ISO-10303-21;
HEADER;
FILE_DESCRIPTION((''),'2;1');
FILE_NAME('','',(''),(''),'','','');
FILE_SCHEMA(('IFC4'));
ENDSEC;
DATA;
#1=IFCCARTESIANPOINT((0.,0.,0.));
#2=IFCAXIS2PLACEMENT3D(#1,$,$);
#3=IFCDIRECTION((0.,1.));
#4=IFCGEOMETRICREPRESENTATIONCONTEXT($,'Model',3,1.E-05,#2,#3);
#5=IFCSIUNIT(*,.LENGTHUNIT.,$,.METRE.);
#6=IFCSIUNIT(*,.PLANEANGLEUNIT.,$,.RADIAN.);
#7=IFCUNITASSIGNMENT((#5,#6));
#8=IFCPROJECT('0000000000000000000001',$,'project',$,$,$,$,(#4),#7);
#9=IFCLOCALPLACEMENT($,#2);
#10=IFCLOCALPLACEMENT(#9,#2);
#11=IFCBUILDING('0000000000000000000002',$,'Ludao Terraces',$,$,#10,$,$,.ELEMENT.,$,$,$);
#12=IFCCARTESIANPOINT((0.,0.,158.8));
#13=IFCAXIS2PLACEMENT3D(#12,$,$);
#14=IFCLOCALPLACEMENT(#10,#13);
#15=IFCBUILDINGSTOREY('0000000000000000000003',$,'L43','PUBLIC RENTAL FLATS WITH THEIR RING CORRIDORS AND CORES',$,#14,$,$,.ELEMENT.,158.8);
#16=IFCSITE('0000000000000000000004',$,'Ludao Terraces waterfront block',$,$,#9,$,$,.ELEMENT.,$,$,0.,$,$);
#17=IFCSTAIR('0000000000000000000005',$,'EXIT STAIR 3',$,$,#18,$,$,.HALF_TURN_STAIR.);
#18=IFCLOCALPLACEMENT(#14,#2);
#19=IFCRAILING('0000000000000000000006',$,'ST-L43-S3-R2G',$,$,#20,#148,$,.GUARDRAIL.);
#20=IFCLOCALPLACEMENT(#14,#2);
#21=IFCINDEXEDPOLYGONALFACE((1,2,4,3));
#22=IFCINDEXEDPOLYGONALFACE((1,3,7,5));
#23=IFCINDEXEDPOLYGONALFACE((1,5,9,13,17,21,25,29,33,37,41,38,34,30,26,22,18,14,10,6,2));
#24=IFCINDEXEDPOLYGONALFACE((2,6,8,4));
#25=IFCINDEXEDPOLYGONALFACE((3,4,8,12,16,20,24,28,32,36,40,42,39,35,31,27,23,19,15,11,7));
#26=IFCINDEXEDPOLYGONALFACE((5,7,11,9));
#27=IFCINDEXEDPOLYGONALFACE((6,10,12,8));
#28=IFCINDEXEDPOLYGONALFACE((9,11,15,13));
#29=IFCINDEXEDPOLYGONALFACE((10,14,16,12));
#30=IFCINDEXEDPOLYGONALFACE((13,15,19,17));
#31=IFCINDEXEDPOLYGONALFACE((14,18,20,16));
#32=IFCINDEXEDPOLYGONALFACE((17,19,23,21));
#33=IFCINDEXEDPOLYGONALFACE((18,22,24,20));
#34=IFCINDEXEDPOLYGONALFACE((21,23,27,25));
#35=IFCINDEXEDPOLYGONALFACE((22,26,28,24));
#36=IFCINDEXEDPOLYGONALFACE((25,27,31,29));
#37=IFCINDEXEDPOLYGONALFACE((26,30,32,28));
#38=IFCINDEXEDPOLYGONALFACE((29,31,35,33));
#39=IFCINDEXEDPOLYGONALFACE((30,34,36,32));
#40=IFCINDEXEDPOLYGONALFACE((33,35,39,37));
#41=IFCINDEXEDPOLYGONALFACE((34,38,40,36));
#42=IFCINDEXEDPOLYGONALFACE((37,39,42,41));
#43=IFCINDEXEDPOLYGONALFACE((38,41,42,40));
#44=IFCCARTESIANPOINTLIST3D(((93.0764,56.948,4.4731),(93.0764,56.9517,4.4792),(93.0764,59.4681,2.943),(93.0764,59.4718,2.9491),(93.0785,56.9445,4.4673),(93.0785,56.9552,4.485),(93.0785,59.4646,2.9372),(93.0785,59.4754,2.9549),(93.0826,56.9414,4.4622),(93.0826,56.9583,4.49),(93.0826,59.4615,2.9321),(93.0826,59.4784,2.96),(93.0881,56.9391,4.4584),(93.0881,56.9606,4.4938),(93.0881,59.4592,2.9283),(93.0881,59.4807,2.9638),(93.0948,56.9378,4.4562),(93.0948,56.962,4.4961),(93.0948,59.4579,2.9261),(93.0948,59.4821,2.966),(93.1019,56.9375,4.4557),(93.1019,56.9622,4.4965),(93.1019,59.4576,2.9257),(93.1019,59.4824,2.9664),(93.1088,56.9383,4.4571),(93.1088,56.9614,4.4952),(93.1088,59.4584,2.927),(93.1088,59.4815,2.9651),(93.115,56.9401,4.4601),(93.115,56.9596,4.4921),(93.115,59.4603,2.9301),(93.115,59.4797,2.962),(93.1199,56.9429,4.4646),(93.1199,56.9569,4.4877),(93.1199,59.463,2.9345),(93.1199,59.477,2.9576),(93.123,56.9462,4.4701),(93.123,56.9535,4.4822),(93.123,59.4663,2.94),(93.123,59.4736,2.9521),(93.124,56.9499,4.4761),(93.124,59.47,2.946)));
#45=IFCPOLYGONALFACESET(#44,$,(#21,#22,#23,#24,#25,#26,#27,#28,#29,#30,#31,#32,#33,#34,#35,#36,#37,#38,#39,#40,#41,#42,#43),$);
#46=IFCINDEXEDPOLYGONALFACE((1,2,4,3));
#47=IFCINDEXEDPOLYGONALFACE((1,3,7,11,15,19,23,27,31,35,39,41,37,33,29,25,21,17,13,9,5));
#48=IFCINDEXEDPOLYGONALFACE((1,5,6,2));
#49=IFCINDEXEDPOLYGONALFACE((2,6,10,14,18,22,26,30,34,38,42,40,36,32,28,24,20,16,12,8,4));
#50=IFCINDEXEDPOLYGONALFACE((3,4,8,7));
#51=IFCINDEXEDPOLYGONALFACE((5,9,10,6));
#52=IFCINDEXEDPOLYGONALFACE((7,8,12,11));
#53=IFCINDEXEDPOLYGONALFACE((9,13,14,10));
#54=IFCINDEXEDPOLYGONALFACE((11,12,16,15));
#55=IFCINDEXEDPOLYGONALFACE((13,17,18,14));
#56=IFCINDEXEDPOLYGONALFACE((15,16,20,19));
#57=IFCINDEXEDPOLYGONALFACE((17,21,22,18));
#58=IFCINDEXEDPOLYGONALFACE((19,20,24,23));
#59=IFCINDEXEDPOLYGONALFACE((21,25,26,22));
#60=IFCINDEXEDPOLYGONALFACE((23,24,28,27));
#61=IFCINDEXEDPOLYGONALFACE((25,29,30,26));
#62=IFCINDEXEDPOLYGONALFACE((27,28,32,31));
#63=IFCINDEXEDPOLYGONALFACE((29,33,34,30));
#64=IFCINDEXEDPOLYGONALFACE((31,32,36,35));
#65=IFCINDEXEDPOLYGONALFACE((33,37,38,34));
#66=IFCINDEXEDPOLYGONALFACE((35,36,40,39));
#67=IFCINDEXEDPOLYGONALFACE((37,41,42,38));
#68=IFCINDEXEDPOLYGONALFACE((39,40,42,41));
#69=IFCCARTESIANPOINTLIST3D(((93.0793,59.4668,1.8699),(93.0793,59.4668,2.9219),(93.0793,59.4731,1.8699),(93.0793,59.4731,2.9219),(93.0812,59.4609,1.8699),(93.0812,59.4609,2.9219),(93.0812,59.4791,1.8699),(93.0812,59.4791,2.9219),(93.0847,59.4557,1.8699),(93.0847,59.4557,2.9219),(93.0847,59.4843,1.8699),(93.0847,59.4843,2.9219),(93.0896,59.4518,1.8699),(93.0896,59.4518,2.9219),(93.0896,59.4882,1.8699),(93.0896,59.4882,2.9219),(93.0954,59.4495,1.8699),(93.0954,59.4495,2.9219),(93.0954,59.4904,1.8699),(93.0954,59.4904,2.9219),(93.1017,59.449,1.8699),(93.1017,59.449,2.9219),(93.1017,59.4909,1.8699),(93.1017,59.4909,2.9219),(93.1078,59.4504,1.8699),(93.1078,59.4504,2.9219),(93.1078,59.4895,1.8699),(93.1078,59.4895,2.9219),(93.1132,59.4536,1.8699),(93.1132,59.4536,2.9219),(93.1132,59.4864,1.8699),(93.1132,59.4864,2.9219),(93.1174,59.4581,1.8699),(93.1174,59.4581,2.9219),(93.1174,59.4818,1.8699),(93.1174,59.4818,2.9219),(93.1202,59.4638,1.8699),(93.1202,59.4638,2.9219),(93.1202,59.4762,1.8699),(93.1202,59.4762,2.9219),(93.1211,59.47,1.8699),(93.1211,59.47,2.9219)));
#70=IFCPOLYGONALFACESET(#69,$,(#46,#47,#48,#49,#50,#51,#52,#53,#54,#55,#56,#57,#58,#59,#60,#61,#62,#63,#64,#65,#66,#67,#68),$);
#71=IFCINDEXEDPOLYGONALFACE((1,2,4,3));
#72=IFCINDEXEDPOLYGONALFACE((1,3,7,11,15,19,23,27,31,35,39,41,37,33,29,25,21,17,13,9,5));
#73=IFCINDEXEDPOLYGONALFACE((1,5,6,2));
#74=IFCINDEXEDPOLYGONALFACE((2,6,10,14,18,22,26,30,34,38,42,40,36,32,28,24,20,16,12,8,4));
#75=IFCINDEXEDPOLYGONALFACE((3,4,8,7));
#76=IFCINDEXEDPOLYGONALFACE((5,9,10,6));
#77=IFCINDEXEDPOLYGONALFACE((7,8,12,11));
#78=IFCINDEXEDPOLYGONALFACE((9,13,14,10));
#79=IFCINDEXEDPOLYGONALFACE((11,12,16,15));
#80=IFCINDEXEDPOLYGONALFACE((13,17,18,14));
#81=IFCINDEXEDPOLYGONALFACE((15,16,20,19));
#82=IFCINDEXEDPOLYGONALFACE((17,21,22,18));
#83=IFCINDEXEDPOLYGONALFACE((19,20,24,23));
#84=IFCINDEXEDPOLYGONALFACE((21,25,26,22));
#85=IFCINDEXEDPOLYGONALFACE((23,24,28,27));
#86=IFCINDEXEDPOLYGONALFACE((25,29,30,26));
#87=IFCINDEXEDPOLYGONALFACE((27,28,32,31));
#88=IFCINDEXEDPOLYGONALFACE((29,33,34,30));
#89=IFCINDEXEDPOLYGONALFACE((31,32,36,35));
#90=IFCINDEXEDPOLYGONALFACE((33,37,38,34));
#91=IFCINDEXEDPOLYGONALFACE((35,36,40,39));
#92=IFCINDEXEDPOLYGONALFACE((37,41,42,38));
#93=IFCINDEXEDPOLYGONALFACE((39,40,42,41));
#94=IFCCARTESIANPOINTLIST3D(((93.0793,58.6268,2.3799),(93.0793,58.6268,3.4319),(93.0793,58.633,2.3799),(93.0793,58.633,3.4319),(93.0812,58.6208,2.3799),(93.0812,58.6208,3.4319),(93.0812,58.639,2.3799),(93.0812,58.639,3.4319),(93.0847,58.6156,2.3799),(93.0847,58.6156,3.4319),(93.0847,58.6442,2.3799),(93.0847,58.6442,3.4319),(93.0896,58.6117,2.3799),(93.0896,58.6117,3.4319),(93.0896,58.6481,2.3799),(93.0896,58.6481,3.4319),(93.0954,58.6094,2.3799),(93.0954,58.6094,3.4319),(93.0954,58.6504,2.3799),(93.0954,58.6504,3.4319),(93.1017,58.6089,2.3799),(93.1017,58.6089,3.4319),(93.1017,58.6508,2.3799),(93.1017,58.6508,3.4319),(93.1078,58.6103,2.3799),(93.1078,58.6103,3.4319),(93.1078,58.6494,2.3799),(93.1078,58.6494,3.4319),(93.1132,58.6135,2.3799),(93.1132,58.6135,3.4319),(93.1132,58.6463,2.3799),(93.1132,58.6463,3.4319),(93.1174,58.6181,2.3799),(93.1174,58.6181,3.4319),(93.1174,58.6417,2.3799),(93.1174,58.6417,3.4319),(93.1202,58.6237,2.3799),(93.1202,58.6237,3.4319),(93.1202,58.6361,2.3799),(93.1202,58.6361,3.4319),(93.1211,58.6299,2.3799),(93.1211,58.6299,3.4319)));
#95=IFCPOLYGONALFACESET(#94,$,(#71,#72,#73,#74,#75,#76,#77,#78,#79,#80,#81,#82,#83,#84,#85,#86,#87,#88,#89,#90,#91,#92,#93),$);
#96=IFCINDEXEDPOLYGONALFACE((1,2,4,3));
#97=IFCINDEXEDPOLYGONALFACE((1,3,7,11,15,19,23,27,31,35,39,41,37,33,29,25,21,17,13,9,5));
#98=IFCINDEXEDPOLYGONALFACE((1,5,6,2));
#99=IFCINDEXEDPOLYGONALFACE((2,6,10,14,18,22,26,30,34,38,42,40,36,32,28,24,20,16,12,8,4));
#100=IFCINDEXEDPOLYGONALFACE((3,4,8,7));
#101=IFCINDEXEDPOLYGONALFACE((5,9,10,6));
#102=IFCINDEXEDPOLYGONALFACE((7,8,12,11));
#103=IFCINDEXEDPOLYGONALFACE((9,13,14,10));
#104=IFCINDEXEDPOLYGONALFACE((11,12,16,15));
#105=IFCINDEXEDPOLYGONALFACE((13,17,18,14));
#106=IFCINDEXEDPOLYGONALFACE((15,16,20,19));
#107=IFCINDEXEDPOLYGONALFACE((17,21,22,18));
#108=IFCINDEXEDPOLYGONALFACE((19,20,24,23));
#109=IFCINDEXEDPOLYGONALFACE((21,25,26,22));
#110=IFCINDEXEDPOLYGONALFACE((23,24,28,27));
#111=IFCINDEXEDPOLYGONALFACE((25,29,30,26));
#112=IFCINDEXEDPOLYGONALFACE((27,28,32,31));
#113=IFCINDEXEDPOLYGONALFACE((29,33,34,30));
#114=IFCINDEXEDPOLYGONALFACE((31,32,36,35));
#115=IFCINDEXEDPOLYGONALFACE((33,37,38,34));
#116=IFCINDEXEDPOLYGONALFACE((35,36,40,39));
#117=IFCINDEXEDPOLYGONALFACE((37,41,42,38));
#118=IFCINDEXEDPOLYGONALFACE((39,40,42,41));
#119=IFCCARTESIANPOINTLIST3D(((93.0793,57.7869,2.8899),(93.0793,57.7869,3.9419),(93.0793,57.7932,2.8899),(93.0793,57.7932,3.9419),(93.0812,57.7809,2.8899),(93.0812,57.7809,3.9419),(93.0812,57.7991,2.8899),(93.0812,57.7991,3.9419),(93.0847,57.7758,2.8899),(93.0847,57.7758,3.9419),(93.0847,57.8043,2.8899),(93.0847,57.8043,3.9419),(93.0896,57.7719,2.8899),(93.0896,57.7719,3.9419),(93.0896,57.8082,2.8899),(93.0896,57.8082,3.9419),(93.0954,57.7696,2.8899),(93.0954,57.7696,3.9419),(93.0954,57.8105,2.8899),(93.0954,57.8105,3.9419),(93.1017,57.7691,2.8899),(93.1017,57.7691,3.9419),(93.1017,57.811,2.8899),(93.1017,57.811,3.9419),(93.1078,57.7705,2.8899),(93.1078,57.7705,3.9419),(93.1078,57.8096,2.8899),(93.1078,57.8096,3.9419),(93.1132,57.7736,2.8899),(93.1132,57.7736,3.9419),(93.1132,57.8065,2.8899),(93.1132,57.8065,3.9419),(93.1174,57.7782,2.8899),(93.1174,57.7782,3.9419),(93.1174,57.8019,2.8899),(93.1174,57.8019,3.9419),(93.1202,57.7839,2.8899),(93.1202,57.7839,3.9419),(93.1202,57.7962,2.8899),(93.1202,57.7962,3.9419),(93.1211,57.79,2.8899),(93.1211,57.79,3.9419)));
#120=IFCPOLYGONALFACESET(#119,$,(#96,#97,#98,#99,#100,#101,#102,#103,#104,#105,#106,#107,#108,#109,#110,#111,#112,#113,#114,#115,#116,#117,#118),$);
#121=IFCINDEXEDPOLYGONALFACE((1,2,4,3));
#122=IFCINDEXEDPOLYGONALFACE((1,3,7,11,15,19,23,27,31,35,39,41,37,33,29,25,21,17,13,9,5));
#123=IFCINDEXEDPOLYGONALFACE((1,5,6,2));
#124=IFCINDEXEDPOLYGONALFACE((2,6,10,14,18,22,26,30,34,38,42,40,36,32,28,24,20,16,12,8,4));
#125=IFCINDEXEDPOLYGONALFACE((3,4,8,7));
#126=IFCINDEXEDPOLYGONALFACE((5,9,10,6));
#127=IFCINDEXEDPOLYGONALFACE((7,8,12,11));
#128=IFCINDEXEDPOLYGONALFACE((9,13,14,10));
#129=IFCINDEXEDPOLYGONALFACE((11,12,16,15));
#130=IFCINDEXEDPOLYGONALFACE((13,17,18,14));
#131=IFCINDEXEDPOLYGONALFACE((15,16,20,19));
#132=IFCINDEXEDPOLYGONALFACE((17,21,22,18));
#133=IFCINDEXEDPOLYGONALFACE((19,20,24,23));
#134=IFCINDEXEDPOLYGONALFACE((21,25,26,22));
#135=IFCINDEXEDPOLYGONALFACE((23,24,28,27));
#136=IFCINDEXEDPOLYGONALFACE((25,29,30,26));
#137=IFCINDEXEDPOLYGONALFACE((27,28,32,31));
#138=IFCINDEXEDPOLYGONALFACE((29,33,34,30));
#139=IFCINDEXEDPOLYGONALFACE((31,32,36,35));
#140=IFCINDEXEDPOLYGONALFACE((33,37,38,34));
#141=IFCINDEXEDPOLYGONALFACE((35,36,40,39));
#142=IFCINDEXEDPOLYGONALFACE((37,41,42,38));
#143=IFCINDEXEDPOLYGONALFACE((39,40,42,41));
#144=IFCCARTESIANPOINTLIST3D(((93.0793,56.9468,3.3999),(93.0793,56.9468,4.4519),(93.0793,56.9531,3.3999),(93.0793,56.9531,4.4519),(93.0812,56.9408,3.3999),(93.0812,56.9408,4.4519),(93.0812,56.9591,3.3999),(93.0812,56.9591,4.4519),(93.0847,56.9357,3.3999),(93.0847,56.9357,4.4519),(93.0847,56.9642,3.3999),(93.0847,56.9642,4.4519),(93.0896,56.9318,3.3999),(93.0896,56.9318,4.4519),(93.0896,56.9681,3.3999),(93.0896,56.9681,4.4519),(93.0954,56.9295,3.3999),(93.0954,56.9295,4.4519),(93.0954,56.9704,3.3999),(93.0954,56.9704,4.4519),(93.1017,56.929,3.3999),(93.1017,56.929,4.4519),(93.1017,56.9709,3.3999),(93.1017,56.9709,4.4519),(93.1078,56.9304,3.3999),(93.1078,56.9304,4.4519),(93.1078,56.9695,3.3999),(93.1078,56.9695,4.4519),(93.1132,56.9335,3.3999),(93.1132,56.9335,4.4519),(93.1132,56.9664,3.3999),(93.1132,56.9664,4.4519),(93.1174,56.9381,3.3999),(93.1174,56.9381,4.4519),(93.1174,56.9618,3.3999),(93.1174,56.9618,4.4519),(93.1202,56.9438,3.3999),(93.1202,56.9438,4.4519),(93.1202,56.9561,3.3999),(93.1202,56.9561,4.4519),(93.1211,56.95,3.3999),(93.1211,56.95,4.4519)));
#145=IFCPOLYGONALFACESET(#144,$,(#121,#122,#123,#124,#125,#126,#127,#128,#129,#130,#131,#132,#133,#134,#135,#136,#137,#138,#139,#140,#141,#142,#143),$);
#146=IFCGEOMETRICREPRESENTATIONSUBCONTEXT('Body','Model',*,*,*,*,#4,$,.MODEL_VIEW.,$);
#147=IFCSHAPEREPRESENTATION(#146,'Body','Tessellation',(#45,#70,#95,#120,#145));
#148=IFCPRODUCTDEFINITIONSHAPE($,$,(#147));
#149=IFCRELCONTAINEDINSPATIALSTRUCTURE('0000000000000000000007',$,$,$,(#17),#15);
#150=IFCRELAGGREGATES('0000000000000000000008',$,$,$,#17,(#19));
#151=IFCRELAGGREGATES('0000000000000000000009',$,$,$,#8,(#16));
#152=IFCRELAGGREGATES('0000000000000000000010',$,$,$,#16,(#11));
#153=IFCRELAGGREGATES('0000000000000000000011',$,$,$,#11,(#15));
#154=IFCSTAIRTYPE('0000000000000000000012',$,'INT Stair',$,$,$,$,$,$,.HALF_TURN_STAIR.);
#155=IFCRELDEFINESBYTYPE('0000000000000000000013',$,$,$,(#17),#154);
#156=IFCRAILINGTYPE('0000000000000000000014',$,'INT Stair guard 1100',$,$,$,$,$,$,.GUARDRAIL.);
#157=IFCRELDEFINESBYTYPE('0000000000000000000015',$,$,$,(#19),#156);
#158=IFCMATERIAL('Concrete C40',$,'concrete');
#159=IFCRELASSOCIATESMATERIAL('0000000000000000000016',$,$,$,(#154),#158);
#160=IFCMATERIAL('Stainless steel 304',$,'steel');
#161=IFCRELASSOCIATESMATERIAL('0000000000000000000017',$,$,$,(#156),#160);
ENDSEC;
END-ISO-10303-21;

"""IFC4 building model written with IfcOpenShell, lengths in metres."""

from ifc_helpers import new_model, si_unit, direction, frame, origin, origin_2d, place, context, subcontext, project, spatial, circle, extrude, material, type_object, element, aggregate, save


model = new_model("IFC4")

# Units and contexts
model_context = context("Model", 3, precision=1e-05, world=origin(), true_north=direction((0.0, 1.0)))
body_context = subcontext(model_context, "Body", "Model", "MODEL_VIEW")
ifc_project = project(units=[si_unit("LENGTHUNIT", "METRE"), si_unit("PLANEANGLEUNIT", "RADIAN")], contexts=[model_context])

# Site, building, storey
site_placement = place(None, origin())
site = spatial("IfcSite", under=ifc_project, at=site_placement, Name="Ludao Terraces waterfront block", CompositionType="ELEMENT", RefElevation=0.0)
building_placement = place(site_placement, origin())
building = spatial("IfcBuilding", under=site, at=building_placement, Name="Ludao Terraces", CompositionType="ELEMENT")
storey_placement = place(building_placement, frame((0.0, 0.0, 158.8)))
storey = spatial("IfcBuildingStorey", under=building, at=storey_placement, Name="L43", Description="PUBLIC RENTAL FLATS WITH THEIR RING CORRIDORS AND CORES", CompositionType="ELEMENT", Elevation=158.8)

# Shared definitions
ifc_material_1 = material(Name="Concrete C40", Category="concrete")

# Stair, railing
stair_type = type_object("IfcStairType", Name="INT Stair", PredefinedType="HALF_TURN_STAIR", material=ifc_material_1)
stair_placement = place(storey_placement, origin())
stair = element("IfcStair", 1, at=stair_placement, inside=storey, type_object=stair_type, Name="EXIT STAIR 3", PredefinedType="HALF_TURN_STAIR")
ifc_material_2 = material(Name="Stainless steel 304", Category="steel")
railing_type_1 = type_object("IfcRailingType", Name="INT Stair guard 1100", PredefinedType="GUARDRAIL", material=ifc_material_2)
railing_1_placement = place(storey_placement, frame((93.1001, 59.47, 1.8699)))
railing_1 = element("IfcRailing", 2, at=railing_1_placement, type_object=railing_type_1, Name="ST-L43-S3-R2G", PredefinedType="GUARDRAIL", context=body_context, shape_type="SweptSolid", body=[
    extrude(circle(Radius=0.0239, at=origin_2d()), frame((0.0, 0.0, 1.0762), z_axis=(0.0, -0.854785, 0.518982), x_axis=(1.0, 0.0, 0.0)), (0.0, 0.0, 1.0), 2.9482),
    extrude(circle(Radius=0.021, at=origin_2d()), origin(), (0.0, 0.0, 1.0), 1.052),
    extrude(circle(Radius=0.021, at=origin_2d()), frame((0.0, -0.8401, 0.51)), (0.0, 0.0, 1.0), 1.052),
    extrude(circle(Radius=0.021, at=origin_2d()), frame((0.0, -1.6799, 1.02)), (0.0, 0.0, 1.0), 1.052),
    extrude(circle(Radius=0.021, at=origin_2d()), frame((0.0, -2.52, 1.53)), (0.0, 0.0, 1.0), 1.052),
])
aggregate(stair, [railing_1])

save(model, "model.ifc")
